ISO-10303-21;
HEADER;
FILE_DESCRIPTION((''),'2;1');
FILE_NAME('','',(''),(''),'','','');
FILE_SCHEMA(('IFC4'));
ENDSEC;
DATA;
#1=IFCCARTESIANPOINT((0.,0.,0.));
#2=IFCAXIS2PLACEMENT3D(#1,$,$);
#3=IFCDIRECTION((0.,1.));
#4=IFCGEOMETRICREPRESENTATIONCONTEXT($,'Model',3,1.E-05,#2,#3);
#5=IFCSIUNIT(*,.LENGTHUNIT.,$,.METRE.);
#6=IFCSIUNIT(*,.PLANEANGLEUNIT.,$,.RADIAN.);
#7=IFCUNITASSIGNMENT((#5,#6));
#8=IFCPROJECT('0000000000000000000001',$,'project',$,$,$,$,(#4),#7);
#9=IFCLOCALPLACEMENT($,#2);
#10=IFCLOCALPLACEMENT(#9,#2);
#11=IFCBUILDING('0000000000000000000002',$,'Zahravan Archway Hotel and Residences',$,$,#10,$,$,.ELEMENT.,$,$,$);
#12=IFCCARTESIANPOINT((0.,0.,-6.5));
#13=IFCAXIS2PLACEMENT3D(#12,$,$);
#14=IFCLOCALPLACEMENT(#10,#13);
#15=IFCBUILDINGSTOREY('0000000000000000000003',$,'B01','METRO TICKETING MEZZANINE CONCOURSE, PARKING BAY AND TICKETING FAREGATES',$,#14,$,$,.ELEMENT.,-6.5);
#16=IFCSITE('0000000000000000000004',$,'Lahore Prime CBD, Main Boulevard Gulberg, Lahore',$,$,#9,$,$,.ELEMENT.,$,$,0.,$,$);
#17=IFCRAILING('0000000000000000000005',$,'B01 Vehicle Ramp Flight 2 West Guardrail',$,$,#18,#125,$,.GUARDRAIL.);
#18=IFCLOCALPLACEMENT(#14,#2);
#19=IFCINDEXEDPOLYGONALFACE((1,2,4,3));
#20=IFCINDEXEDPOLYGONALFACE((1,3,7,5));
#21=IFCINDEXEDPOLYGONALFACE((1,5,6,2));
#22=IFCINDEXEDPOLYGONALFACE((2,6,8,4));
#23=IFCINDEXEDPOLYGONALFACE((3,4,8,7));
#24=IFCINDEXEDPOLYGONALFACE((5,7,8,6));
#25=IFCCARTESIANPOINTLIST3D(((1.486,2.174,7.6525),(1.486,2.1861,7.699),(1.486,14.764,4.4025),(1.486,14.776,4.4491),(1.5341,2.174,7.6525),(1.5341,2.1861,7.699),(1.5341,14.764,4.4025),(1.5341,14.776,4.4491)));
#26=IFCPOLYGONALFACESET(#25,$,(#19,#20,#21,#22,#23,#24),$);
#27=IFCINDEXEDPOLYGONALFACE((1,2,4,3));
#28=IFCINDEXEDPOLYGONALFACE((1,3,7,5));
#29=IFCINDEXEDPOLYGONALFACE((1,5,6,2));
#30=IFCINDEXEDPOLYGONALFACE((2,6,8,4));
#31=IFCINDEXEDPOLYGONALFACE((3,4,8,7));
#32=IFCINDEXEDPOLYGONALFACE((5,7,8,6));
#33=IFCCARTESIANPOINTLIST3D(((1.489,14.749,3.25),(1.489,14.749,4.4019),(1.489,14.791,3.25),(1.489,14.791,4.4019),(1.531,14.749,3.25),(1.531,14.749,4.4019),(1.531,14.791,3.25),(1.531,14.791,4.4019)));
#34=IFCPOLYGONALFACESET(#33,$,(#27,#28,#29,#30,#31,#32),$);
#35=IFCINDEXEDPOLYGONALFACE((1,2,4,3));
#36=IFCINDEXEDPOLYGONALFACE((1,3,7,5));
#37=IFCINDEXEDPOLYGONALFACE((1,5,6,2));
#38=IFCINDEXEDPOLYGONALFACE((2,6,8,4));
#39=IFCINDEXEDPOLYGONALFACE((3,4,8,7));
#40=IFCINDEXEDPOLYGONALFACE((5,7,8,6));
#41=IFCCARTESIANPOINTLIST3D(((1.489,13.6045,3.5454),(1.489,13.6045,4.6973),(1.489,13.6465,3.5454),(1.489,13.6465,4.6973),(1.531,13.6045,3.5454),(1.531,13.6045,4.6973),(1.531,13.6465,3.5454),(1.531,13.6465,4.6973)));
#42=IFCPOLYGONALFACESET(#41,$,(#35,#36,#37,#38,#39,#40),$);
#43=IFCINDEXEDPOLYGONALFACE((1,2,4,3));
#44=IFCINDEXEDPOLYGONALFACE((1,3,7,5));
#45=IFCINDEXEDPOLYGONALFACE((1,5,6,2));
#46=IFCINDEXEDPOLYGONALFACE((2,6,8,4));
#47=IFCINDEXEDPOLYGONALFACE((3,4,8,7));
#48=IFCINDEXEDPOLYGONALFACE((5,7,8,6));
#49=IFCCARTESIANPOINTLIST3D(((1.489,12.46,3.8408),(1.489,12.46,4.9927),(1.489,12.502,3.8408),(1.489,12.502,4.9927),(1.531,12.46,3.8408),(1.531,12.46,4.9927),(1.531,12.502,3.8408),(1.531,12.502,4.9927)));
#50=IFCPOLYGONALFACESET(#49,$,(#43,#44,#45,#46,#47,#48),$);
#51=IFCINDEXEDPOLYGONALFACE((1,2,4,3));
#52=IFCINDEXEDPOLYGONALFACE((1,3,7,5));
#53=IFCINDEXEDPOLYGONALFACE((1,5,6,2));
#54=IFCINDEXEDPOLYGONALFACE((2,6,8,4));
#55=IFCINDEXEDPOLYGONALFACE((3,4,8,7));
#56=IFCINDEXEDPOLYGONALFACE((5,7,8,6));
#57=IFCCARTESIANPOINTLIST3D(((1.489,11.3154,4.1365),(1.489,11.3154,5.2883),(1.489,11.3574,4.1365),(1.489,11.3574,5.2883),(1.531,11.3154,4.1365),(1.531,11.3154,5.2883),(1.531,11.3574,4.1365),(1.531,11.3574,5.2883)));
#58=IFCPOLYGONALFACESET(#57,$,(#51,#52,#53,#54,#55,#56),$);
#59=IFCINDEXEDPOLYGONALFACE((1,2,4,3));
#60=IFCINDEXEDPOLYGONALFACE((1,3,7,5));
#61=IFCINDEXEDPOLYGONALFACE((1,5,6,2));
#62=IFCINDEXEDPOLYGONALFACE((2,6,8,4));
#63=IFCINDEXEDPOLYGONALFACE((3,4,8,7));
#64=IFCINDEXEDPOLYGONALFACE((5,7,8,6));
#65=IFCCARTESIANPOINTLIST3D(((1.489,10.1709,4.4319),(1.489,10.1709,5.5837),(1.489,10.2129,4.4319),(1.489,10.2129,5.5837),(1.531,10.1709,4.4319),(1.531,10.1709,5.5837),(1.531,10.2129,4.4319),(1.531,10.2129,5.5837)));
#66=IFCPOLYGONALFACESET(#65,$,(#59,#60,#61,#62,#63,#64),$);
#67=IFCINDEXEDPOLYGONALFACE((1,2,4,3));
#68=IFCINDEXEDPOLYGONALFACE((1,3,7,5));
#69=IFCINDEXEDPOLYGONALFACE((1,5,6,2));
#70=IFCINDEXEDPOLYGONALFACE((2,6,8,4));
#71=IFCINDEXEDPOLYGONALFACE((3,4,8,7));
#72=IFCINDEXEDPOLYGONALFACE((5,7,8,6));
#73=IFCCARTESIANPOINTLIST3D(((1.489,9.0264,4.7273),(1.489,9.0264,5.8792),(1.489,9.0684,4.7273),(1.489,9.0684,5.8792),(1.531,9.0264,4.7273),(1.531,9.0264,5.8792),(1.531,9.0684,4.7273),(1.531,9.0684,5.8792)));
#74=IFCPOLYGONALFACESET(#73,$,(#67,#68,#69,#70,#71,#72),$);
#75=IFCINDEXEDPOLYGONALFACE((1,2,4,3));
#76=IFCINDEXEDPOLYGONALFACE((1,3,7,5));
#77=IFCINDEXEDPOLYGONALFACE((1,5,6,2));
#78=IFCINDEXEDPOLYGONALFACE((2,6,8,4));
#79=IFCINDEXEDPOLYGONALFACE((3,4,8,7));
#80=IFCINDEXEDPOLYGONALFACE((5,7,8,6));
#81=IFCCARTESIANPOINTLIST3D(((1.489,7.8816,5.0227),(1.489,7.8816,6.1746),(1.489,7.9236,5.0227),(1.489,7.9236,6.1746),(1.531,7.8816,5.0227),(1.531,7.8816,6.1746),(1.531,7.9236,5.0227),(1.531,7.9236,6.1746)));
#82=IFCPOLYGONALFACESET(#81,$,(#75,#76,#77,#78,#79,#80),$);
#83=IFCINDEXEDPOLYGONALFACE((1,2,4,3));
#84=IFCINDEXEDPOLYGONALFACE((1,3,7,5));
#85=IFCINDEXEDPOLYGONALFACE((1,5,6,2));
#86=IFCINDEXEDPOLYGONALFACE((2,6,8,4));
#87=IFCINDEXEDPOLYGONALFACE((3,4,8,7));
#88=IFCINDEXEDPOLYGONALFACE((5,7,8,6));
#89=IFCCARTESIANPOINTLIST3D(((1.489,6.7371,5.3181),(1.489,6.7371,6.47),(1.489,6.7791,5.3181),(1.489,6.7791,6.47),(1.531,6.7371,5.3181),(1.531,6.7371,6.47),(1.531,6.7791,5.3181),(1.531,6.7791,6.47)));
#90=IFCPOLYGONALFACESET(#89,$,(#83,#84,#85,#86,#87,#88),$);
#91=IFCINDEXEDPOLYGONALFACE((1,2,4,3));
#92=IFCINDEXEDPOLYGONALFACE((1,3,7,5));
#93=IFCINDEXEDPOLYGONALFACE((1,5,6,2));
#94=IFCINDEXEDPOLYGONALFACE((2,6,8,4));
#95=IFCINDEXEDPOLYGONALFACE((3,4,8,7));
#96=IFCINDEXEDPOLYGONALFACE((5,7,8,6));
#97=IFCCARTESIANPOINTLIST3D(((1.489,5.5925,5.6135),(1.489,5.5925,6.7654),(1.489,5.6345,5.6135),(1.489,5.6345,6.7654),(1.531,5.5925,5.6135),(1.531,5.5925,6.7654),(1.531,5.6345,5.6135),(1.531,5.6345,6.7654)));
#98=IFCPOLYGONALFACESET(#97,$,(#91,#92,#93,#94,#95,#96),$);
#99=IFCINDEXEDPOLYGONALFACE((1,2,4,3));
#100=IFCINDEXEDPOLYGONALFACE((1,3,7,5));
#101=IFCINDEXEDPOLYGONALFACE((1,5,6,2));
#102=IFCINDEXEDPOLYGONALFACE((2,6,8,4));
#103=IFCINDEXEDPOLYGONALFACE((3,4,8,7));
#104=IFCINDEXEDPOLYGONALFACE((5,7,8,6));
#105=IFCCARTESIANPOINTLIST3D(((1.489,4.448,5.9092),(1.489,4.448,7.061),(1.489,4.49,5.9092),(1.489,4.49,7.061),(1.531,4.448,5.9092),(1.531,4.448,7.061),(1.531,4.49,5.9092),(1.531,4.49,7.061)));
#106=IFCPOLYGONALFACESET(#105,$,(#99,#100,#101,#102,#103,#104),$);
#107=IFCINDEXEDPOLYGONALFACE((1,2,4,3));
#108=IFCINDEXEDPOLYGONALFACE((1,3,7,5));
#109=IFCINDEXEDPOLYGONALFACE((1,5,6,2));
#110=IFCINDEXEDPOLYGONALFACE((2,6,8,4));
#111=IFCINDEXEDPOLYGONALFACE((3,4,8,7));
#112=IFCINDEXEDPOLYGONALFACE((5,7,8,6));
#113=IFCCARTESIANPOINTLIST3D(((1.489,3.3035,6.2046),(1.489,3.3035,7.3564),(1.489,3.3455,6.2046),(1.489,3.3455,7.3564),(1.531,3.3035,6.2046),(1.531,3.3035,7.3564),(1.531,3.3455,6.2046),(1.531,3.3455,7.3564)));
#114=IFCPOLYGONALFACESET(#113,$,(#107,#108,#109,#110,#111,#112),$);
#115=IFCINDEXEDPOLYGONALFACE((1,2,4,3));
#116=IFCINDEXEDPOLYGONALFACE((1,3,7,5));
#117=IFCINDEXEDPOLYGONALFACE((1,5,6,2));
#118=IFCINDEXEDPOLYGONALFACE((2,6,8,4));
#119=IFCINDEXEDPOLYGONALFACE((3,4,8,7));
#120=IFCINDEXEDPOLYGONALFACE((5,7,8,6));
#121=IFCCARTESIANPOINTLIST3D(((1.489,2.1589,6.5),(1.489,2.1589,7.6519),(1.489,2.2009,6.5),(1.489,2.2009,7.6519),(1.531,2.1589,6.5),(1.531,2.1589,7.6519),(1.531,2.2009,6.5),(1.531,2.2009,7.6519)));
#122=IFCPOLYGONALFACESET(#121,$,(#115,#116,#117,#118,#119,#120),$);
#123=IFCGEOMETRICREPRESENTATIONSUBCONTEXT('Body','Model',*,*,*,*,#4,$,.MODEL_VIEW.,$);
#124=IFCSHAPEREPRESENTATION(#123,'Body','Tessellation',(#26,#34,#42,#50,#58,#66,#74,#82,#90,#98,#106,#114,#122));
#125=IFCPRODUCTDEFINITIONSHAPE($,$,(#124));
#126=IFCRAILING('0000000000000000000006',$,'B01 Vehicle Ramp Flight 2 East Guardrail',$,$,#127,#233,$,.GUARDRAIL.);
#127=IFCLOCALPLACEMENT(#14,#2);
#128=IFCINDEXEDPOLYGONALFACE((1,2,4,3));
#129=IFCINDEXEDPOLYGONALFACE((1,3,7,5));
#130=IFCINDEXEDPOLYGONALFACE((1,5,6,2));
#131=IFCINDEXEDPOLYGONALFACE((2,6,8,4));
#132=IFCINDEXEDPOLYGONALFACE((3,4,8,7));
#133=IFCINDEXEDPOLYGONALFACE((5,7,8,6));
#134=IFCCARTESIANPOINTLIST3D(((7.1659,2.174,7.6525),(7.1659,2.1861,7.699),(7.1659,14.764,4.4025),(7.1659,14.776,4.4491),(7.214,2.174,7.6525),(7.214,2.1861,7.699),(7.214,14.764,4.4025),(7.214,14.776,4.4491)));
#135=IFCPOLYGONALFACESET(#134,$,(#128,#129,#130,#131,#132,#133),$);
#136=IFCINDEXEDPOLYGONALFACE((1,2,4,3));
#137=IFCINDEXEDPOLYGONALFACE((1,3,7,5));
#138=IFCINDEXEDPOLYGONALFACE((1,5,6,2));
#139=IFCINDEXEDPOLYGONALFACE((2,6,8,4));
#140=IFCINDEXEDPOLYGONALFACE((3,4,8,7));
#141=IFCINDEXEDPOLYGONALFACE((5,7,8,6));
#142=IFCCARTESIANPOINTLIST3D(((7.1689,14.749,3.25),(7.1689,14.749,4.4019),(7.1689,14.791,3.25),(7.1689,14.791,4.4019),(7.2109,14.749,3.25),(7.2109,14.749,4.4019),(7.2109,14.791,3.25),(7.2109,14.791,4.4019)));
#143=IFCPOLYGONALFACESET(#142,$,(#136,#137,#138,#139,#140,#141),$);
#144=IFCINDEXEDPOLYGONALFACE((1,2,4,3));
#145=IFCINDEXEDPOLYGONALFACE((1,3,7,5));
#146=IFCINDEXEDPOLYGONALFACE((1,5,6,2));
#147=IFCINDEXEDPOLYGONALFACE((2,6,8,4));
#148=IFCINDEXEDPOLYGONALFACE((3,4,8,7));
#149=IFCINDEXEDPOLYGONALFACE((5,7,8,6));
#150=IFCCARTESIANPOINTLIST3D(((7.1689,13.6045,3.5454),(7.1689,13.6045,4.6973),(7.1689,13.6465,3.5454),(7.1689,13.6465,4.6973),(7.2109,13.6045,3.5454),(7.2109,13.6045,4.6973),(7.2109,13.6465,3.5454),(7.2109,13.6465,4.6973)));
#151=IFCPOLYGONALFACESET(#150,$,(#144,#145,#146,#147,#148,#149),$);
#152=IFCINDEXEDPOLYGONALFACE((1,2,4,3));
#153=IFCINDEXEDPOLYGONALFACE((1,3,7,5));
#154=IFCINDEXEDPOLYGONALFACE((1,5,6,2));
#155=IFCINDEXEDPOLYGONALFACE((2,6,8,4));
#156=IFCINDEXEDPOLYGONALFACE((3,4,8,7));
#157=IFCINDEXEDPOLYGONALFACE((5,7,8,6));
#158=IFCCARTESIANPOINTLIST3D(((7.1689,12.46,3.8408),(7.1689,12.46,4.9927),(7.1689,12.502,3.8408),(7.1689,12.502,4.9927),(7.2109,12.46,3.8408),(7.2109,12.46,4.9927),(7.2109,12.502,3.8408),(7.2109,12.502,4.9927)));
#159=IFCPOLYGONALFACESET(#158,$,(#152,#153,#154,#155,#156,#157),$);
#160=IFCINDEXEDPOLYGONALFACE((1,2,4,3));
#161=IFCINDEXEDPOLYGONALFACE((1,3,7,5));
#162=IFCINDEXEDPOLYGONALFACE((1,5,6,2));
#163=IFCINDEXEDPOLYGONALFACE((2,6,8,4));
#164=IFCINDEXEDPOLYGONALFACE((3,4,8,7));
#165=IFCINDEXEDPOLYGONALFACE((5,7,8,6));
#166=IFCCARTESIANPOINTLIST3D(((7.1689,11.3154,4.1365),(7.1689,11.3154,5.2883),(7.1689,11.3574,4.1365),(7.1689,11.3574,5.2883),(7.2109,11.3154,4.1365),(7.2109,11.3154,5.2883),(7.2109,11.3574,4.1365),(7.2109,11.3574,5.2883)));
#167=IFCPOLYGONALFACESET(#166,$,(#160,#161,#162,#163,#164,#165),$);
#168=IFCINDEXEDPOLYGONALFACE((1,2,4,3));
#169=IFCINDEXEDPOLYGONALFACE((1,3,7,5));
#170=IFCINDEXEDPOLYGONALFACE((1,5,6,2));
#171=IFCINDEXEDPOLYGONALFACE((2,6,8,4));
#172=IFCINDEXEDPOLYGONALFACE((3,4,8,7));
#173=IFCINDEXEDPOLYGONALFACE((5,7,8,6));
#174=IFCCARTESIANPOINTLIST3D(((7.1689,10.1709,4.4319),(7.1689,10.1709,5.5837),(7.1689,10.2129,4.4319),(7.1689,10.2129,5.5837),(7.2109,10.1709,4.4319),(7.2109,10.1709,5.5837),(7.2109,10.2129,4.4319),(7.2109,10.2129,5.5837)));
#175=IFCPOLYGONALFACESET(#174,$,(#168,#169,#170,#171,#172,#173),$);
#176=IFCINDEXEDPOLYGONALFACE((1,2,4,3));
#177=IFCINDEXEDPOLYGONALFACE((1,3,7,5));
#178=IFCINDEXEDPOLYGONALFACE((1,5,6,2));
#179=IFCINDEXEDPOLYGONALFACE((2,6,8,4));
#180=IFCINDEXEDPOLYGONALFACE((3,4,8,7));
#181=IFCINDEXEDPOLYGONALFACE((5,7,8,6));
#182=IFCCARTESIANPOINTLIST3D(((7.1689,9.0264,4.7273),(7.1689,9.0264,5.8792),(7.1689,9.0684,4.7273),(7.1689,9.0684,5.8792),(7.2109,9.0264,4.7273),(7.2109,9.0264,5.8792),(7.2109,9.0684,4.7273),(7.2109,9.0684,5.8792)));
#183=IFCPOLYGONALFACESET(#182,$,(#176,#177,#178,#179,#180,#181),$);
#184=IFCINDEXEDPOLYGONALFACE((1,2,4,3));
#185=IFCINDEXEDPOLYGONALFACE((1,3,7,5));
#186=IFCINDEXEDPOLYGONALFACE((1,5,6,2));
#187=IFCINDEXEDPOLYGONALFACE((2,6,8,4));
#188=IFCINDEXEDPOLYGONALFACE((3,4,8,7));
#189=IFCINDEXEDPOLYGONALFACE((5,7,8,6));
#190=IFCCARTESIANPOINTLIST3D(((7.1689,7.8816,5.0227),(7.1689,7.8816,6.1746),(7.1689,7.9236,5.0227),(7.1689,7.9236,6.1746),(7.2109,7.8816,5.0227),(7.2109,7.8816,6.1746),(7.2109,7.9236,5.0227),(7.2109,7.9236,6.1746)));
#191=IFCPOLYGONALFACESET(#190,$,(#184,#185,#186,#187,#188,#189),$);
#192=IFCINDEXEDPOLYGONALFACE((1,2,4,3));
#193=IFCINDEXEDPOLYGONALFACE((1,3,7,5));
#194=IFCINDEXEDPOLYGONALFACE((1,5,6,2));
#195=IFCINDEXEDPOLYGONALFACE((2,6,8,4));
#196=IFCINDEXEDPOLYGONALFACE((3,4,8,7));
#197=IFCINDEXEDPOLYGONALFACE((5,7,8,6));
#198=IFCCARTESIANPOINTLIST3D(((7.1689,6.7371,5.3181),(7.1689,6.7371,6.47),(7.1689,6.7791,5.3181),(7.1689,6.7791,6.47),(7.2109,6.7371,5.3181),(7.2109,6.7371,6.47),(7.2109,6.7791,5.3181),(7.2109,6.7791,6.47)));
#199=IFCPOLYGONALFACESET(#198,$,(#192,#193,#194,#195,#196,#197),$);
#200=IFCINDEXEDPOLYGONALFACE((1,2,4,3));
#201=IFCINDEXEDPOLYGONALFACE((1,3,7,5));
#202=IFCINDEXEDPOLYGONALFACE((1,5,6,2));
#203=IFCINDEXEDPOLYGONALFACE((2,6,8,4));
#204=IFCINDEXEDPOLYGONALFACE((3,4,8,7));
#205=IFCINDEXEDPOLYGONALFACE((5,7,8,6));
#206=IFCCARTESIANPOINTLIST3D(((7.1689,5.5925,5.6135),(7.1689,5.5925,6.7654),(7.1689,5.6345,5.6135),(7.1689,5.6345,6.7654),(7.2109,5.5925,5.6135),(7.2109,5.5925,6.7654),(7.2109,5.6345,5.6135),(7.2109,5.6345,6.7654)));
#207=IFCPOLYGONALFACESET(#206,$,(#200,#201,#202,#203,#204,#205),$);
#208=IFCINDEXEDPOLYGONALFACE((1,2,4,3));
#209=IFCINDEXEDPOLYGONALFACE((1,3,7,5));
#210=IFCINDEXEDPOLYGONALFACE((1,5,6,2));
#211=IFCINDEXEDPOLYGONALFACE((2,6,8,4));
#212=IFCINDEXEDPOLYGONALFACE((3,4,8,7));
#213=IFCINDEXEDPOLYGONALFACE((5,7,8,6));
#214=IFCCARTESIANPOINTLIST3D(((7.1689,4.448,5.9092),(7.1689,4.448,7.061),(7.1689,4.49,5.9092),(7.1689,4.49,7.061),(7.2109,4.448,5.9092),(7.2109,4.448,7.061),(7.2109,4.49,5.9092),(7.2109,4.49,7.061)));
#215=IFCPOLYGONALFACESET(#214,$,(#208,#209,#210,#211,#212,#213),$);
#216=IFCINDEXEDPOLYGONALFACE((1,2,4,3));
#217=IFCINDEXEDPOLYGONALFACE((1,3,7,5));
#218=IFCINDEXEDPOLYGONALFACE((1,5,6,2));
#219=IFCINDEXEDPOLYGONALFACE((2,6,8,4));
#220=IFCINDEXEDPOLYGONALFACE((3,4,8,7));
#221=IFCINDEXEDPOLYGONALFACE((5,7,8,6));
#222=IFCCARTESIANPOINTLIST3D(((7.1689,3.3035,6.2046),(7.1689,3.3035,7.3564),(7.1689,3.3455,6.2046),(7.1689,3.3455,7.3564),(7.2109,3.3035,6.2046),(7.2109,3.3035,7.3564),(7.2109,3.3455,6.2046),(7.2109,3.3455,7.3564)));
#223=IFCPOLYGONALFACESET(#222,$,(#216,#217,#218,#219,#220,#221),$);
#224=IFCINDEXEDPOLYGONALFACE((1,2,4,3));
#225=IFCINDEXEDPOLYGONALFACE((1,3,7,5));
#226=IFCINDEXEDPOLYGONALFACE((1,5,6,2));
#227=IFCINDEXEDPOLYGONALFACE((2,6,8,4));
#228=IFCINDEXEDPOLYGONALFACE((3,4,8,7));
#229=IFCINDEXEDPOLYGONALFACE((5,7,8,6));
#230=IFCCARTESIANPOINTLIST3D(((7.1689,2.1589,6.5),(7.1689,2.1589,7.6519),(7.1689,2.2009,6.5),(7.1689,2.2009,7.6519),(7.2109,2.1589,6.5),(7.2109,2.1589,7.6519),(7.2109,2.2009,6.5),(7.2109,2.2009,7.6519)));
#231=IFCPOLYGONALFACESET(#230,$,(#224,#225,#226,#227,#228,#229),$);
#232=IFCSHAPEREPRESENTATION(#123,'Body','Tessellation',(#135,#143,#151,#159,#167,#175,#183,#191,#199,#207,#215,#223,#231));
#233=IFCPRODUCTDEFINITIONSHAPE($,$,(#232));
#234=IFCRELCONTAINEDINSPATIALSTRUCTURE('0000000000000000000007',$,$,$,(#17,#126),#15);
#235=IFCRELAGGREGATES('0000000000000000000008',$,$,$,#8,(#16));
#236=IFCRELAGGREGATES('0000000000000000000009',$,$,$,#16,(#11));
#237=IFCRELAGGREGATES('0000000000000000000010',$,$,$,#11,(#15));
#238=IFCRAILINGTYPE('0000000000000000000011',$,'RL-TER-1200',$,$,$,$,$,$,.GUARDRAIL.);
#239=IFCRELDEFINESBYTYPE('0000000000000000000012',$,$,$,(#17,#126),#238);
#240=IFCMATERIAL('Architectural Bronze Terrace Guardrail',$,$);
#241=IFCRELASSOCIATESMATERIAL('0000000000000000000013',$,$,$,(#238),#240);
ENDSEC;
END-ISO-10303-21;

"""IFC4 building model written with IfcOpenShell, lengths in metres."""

from ifc_helpers import new_model, si_unit, direction, frame, origin, origin_2d, place, context, subcontext, project, spatial, rectangle, extrude, material, type_object, element, save


model = new_model("IFC4")

# Units and contexts
model_context = context("Model", 3, precision=1e-05, world=origin(), true_north=direction((0.0, 1.0)))
body_context = subcontext(model_context, "Body", "Model", "MODEL_VIEW")
ifc_project = project(units=[si_unit("LENGTHUNIT", "METRE"), si_unit("PLANEANGLEUNIT", "RADIAN")], contexts=[model_context])

# Site, building, storey
site_placement = place(None, origin())
site = spatial("IfcSite", under=ifc_project, at=site_placement, Name="Lahore Prime CBD, Main Boulevard Gulberg, Lahore", CompositionType="ELEMENT", RefElevation=0.0)
building_placement = place(site_placement, origin())
building = spatial("IfcBuilding", under=site, at=building_placement, Name="Zahravan Archway Hotel and Residences", CompositionType="ELEMENT")
storey_placement = place(building_placement, frame((0.0, 0.0, -6.5)))
storey = spatial("IfcBuildingStorey", under=building, at=storey_placement, Name="B01", Description="METRO TICKETING MEZZANINE CONCOURSE, PARKING BAY AND TICKETING FAREGATES", CompositionType="ELEMENT", Elevation=-6.5)

# Railings
ifc_material_1 = material(Name="Architectural Bronze Terrace Guardrail")
railing_type = type_object("IfcRailingType", Name="RL-TER-1200", PredefinedType="GUARDRAIL", material=ifc_material_1)
railing_1_placement = place(storey_placement, frame((1.51, 14.77, 3.25)))
element("IfcRailing", 1, at=railing_1_placement, inside=storey, type_object=railing_type, Name="B01 Vehicle Ramp Flight 2 West Guardrail", PredefinedType="GUARDRAIL", context=body_context, shape_type="SweptSolid", body=[
    extrude(rectangle(XDim=0.0481, YDim=0.0481, at=origin_2d()), frame((0.0, 0.0, 1.1758), z_axis=(0.0, -0.96826, 0.249946), x_axis=(1.0, 0.0, 0.0)), (0.0, 0.0, 1.0), 13.0027),
    extrude(rectangle(XDim=0.042, YDim=0.042, at=origin_2d()), origin(), (0.0, 0.0, 1.0), 1.1519),
    extrude(rectangle(XDim=0.042, YDim=0.042, at=origin_2d()), frame((0.0, -1.1445, 0.2954)), (0.0, 0.0, 1.0), 1.1519),
    extrude(rectangle(XDim=0.042, YDim=0.042, at=origin_2d()), frame((0.0, -2.2891, 0.5908)), (0.0, 0.0, 1.0), 1.1519),
    extrude(rectangle(XDim=0.042, YDim=0.042, at=origin_2d()), frame((0.0, -3.4336, 0.8865)), (0.0, 0.0, 1.0), 1.1519),
    extrude(rectangle(XDim=0.042, YDim=0.042, at=origin_2d()), frame((0.0, -4.5781, 1.1819)), (0.0, 0.0, 1.0), 1.1519),
    extrude(rectangle(XDim=0.042, YDim=0.042, at=origin_2d()), frame((0.0, -5.7227, 1.4773)), (0.0, 0.0, 1.0), 1.1519),
    extrude(rectangle(XDim=0.042, YDim=0.042, at=origin_2d()), frame((0.0, -6.8674, 1.7727)), (0.0, 0.0, 1.0), 1.1519),
    extrude(rectangle(XDim=0.042, YDim=0.042, at=origin_2d()), frame((0.0, -8.012, 2.0681)), (0.0, 0.0, 1.0), 1.1519),
    extrude(rectangle(XDim=0.042, YDim=0.042, at=origin_2d()), frame((0.0, -9.1565, 2.3635)), (0.0, 0.0, 1.0), 1.1519),
    extrude(rectangle(XDim=0.042, YDim=0.042, at=origin_2d()), frame((0.0, -10.301, 2.6592)), (0.0, 0.0, 1.0), 1.1519),
    extrude(rectangle(XDim=0.042, YDim=0.042, at=origin_2d()), frame((0.0, -11.4456, 2.9546)), (0.0, 0.0, 1.0), 1.1519),
    extrude(rectangle(XDim=0.042, YDim=0.042, at=origin_2d()), frame((0.0, -12.5901, 3.25)), (0.0, 0.0, 1.0), 1.1519),
])
railing_2_placement = place(storey_placement, frame((7.1899, 14.77, 3.25)))
element("IfcRailing", 2, at=railing_2_placement, inside=storey, type_object=railing_type, Name="B01 Vehicle Ramp Flight 2 East Guardrail", PredefinedType="GUARDRAIL", context=body_context, shape_type="SweptSolid", body=[
    extrude(rectangle(XDim=0.0481, YDim=0.0481, at=origin_2d()), frame((0.0, 0.0, 1.1758), z_axis=(0.0, -0.96826, 0.249946), x_axis=(1.0, 0.0, 0.0)), (0.0, 0.0, 1.0), 13.0027),
    extrude(rectangle(XDim=0.042, YDim=0.042, at=origin_2d()), origin(), (0.0, 0.0, 1.0), 1.1519),
    extrude(rectangle(XDim=0.042, YDim=0.042, at=origin_2d()), frame((0.0, -1.1445, 0.2954)), (0.0, 0.0, 1.0), 1.1519),
    extrude(rectangle(XDim=0.042, YDim=0.042, at=origin_2d()), frame((0.0, -2.2891, 0.5908)), (0.0, 0.0, 1.0), 1.1519),
    extrude(rectangle(XDim=0.042, YDim=0.042, at=origin_2d()), frame((0.0, -3.4336, 0.8865)), (0.0, 0.0, 1.0), 1.1519),
    extrude(rectangle(XDim=0.042, YDim=0.042, at=origin_2d()), frame((0.0, -4.5781, 1.1819)), (0.0, 0.0, 1.0), 1.1519),
    extrude(rectangle(XDim=0.042, YDim=0.042, at=origin_2d()), frame((0.0, -5.7227, 1.4773)), (0.0, 0.0, 1.0), 1.1519),
    extrude(rectangle(XDim=0.042, YDim=0.042, at=origin_2d()), frame((0.0, -6.8674, 1.7727)), (0.0, 0.0, 1.0), 1.1519),
    extrude(rectangle(XDim=0.042, YDim=0.042, at=origin_2d()), frame((0.0, -8.012, 2.0681)), (0.0, 0.0, 1.0), 1.1519),
    extrude(rectangle(XDim=0.042, YDim=0.042, at=origin_2d()), frame((0.0, -9.1565, 2.3635)), (0.0, 0.0, 1.0), 1.1519),
    extrude(rectangle(XDim=0.042, YDim=0.042, at=origin_2d()), frame((0.0, -10.301, 2.6592)), (0.0, 0.0, 1.0), 1.1519),
    extrude(rectangle(XDim=0.042, YDim=0.042, at=origin_2d()), frame((0.0, -11.4456, 2.9546)), (0.0, 0.0, 1.0), 1.1519),
    extrude(rectangle(XDim=0.042, YDim=0.042, at=origin_2d()), frame((0.0, -12.5901, 3.25)), (0.0, 0.0, 1.0), 1.1519),
])

save(model, "model.ifc")
